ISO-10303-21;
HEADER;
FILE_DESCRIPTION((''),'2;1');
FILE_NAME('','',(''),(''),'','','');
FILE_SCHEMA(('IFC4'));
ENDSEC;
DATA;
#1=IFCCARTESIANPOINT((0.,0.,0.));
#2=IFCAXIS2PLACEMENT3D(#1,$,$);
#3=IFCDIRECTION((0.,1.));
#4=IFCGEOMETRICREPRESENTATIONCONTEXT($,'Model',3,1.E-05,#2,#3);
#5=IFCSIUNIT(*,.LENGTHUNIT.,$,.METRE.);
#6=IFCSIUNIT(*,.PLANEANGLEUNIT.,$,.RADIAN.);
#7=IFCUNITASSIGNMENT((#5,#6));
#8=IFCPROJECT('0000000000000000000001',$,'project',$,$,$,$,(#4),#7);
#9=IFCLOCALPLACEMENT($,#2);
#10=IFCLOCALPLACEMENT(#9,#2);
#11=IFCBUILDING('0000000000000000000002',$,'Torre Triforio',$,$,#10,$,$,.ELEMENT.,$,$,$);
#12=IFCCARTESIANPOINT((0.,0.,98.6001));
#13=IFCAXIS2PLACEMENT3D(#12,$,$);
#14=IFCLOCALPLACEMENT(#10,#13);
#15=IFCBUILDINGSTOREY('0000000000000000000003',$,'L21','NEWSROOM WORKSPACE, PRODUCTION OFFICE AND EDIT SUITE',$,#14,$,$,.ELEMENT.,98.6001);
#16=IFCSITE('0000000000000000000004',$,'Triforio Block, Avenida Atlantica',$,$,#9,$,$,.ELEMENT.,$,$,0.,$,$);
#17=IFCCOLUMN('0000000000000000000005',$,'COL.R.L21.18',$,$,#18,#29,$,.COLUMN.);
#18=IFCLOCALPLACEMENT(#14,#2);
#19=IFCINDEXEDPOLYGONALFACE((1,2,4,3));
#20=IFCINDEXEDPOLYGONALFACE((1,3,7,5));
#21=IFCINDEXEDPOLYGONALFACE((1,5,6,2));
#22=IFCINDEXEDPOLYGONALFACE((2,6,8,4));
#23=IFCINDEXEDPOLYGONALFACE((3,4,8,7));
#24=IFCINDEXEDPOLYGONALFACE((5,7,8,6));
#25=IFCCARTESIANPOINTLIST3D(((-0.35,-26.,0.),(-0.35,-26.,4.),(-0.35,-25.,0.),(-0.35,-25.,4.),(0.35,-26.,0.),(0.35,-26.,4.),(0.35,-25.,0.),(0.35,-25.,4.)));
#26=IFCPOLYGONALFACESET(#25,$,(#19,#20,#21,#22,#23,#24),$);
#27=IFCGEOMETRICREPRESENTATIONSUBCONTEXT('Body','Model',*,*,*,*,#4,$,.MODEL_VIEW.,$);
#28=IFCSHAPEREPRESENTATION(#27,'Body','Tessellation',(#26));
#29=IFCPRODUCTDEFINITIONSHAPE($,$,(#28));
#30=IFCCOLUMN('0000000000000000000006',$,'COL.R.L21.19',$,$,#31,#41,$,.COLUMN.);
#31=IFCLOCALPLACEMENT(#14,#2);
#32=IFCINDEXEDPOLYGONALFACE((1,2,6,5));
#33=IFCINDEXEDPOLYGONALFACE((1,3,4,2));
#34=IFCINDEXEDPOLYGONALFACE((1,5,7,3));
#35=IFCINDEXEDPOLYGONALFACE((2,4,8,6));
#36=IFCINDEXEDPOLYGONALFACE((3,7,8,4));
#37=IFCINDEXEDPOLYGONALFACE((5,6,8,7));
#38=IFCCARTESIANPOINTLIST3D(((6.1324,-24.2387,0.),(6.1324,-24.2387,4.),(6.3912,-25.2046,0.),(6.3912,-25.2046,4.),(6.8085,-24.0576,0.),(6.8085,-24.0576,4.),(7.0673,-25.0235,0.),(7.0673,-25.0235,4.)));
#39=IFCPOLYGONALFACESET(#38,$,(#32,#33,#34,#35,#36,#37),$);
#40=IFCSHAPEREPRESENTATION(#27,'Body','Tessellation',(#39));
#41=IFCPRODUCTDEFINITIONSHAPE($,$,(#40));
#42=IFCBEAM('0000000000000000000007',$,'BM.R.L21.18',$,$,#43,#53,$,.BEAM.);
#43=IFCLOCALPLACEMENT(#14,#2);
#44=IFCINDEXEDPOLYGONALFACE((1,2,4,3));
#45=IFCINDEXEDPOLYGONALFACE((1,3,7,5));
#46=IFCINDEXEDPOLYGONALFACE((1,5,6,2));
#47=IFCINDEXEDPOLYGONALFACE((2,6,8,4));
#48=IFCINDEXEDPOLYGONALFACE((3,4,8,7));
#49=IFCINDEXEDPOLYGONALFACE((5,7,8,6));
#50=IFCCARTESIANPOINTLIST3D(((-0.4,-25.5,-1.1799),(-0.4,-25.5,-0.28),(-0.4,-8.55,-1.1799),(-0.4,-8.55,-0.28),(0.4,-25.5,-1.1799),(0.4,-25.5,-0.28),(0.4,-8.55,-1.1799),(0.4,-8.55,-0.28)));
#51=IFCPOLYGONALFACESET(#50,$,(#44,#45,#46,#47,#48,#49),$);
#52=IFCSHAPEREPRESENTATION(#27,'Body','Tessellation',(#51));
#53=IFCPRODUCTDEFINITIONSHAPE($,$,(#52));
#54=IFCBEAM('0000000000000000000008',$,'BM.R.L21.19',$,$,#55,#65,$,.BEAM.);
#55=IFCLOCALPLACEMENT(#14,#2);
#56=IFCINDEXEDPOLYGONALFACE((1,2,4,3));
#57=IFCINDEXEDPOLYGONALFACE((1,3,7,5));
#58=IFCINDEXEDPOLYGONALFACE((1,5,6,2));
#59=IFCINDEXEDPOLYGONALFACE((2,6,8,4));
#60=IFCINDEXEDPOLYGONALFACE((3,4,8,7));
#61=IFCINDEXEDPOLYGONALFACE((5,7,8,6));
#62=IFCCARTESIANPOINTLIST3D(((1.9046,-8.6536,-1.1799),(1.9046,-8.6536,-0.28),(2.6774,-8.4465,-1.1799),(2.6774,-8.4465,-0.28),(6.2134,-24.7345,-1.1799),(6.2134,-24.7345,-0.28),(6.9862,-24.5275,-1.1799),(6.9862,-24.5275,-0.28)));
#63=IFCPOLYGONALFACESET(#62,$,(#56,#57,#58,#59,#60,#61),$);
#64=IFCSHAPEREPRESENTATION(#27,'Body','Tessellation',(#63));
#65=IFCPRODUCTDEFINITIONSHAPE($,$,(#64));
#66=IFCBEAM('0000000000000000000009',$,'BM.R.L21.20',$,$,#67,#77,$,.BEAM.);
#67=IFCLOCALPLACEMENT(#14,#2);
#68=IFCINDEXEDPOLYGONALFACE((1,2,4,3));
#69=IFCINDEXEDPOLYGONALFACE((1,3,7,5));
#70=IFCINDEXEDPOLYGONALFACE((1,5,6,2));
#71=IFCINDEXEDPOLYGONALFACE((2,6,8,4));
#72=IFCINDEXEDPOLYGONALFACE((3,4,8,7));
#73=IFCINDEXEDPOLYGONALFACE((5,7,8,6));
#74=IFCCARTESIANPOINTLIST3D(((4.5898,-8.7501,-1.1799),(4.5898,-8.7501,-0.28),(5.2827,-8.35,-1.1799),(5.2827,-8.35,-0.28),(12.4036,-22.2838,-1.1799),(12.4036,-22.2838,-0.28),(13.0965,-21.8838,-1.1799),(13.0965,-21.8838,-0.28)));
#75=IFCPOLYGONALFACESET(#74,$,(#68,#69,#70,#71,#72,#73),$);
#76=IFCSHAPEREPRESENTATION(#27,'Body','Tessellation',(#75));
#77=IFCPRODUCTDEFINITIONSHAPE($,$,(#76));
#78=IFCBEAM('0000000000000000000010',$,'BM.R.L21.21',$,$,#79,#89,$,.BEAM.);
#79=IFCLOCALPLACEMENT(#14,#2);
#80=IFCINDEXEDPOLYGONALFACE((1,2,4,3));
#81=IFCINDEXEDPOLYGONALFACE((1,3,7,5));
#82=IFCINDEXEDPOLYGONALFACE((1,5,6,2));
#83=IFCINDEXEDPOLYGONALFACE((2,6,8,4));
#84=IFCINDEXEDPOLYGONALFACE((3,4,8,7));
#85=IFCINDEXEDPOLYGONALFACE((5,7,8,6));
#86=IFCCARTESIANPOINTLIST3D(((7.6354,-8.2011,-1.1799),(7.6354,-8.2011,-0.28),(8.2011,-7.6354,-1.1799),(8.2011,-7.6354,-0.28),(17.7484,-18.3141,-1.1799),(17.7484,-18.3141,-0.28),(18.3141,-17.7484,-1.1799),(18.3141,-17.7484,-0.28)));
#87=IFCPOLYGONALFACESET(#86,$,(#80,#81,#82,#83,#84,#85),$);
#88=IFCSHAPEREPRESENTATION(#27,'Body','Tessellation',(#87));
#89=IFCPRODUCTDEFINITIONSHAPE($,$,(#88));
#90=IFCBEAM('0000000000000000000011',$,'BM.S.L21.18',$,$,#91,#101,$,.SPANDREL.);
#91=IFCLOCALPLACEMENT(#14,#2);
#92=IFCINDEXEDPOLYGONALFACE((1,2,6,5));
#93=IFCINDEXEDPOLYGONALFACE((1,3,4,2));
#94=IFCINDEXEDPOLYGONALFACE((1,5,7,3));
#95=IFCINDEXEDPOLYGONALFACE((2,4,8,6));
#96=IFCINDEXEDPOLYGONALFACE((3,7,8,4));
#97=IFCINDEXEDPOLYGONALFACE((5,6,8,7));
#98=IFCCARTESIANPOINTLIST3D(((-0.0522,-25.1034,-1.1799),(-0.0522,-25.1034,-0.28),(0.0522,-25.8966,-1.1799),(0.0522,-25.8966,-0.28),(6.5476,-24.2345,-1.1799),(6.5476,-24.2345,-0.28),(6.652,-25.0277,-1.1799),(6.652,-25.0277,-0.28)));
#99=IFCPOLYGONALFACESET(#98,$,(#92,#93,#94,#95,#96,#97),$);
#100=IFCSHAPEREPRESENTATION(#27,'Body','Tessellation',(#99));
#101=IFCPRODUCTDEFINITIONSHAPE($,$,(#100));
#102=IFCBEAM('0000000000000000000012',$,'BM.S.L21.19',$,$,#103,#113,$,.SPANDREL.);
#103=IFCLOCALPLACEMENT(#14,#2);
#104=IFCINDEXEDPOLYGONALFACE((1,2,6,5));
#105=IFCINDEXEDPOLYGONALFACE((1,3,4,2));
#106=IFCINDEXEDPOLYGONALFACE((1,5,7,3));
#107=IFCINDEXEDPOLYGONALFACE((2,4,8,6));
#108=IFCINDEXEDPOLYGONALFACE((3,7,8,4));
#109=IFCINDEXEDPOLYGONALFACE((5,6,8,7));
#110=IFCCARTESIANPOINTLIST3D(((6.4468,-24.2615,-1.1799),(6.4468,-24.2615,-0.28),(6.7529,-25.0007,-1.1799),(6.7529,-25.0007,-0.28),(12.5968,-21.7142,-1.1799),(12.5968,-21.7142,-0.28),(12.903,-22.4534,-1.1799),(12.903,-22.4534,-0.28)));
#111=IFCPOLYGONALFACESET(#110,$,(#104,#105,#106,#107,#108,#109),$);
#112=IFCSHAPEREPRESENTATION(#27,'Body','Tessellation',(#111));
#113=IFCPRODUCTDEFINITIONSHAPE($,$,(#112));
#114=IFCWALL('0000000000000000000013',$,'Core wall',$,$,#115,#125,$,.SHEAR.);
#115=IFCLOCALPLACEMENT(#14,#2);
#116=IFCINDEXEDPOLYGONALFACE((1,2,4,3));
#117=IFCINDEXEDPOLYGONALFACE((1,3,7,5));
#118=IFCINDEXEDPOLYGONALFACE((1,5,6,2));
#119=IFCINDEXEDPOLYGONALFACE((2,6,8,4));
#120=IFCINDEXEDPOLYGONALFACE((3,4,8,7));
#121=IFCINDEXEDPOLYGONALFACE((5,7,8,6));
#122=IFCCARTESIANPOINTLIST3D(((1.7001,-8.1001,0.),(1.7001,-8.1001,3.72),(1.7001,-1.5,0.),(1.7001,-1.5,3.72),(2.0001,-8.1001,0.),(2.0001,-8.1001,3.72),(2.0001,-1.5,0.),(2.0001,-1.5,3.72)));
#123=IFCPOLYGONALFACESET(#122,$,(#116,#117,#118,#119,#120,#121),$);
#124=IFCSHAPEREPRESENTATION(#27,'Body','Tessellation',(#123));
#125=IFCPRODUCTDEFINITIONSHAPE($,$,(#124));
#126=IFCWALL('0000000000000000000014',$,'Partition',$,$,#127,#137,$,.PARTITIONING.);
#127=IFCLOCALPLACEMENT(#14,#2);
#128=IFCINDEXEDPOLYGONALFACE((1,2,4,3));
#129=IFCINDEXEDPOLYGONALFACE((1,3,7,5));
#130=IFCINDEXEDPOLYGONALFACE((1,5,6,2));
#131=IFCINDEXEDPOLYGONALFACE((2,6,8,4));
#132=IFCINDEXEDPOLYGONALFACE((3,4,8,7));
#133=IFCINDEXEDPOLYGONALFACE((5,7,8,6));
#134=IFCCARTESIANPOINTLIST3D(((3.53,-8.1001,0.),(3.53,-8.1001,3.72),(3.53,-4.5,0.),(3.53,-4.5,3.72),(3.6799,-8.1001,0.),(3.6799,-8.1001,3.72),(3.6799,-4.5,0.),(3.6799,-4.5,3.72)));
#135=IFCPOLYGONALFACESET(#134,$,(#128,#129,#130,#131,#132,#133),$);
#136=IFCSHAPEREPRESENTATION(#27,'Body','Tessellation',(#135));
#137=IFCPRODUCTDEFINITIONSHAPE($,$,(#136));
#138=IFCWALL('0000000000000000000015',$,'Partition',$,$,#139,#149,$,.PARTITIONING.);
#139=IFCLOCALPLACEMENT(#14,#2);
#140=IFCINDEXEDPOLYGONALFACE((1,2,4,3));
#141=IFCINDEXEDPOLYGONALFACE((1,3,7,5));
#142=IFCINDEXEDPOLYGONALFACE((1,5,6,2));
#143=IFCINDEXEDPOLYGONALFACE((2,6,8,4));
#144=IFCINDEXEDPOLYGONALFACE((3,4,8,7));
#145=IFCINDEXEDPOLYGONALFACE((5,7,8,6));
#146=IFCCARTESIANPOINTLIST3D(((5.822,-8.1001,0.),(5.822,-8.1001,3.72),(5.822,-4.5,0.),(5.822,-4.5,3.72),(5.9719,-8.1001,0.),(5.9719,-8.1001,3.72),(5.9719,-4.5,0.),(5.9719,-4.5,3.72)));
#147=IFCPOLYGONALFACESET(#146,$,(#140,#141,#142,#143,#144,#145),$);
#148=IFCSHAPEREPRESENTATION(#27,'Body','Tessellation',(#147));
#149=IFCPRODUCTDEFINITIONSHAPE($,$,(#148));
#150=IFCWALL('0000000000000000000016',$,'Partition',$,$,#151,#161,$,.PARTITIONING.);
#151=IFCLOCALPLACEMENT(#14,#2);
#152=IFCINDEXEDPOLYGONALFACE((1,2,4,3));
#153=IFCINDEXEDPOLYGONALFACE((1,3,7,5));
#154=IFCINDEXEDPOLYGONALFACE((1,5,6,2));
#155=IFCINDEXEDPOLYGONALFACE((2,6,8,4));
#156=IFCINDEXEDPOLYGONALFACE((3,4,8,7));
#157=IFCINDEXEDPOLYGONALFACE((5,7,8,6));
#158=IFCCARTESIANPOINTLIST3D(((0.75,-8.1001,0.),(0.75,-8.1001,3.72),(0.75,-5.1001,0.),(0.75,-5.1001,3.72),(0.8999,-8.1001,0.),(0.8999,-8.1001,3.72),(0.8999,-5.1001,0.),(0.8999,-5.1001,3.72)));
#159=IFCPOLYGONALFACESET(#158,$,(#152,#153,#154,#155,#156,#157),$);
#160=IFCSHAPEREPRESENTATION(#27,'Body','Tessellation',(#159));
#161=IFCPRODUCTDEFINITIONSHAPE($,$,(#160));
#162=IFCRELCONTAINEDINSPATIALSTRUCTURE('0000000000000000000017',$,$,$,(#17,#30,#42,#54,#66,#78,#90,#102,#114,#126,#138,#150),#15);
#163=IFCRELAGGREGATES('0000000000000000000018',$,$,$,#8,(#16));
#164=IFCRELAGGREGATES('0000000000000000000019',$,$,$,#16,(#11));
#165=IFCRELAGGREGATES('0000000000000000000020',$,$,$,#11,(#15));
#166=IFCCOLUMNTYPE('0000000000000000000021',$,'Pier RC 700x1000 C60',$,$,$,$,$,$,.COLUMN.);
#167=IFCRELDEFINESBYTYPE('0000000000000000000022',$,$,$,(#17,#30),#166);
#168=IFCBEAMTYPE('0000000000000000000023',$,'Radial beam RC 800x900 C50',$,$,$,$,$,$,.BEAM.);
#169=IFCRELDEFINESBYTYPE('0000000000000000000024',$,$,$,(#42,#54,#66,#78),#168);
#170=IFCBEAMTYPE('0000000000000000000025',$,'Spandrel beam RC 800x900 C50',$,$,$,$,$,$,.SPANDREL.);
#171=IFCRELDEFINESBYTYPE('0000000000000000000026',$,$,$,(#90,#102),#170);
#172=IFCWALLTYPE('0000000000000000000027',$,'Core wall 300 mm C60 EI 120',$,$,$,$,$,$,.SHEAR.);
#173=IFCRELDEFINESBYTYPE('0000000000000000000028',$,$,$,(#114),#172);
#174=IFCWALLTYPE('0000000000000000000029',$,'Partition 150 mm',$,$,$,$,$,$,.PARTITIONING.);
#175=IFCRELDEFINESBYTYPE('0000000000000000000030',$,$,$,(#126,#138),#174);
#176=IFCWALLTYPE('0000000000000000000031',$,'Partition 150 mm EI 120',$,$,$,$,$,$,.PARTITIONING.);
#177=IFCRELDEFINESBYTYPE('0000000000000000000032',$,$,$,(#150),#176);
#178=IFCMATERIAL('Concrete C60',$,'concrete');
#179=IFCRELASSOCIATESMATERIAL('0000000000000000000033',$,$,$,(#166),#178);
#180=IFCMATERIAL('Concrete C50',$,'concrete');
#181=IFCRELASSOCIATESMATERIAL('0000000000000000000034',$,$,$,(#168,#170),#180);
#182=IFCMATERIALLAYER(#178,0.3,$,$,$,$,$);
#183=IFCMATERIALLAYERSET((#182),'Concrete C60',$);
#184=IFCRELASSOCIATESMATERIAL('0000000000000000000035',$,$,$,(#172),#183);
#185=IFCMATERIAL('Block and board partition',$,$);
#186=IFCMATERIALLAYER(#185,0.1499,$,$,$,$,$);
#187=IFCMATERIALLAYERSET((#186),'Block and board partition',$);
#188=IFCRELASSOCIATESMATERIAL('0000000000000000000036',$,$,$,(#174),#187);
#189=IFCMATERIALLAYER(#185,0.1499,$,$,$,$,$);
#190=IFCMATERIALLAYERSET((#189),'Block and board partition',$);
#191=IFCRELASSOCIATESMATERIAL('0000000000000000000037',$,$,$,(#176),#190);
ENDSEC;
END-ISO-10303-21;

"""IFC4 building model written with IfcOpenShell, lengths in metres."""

from ifc_helpers import new_model, si_unit, direction, frame, frame_2d, origin, origin_2d, place, context, subcontext, project, spatial, rectangle, extrude, material, layer, layer_set, material_profile, profile_set, type_object, element, save


model = new_model("IFC4")

# Units and contexts
model_context = context("Model", 3, precision=1e-05, world=origin(), true_north=direction((0.0, 1.0)))
body_context = subcontext(model_context, "Body", "Model", "MODEL_VIEW")
ifc_project = project(units=[si_unit("LENGTHUNIT", "METRE"), si_unit("PLANEANGLEUNIT", "RADIAN")], contexts=[model_context])

# Site, building, storey
site_placement = place(None, origin())
site = spatial("IfcSite", under=ifc_project, at=site_placement, Name="Triforio Block, Avenida Atlantica", CompositionType="ELEMENT", RefElevation=0.0)
building_placement = place(site_placement, origin())
building = spatial("IfcBuilding", under=site, at=building_placement, Name="Torre Triforio", CompositionType="ELEMENT")
storey_placement = place(building_placement, frame((0.0, 0.0, 98.6001)))
storey = spatial("IfcBuildingStorey", under=building, at=storey_placement, Name="L21", Description="NEWSROOM WORKSPACE, PRODUCTION OFFICE AND EDIT SUITE", CompositionType="ELEMENT", Elevation=98.6001)

# Columns
ifc_material_1 = material(Name="Concrete C60", Category="concrete")
ifc_material_profile_1 = material_profile(ifc_material_1, rectangle(XDim=0.7, YDim=1.0, at=origin_2d()), Name="RC 700x1000")
ifc_profile_set_1 = profile_set([ifc_material_profile_1], Name="Concrete C60")
column_type = type_object("IfcColumnType", Name="Pier RC 700x1000 C60", PredefinedType="COLUMN", material=ifc_profile_set_1)
for number, where, z_axis, x_axis, name in (
    (1, (0.0, -25.5, 0.0), (0.0, 0.0, 1.0), (1.0, 0.0, 0.0), "COL.R.L21.18"),
    (2, (6.5999, -24.6311, 0.0), (0.0, 0.0, 1.0), (0.965926, 0.258819, 0.0), "COL.R.L21.19"),
):
    element("IfcColumn", number, at=place(storey_placement, frame(where, z_axis=z_axis, x_axis=x_axis)), inside=storey, type_object=column_type, Name=name, PredefinedType="COLUMN", context=body_context, shape_type="SweptSolid", body=[
        extrude(rectangle(XDim=0.7, YDim=1.0, at=origin_2d()), origin(), (0.0, 0.0, 1.0), 4.0),
    ])

# Beams
ifc_material_2 = material(Name="Concrete C50", Category="concrete")
ifc_material_profile_2 = material_profile(ifc_material_2, rectangle(XDim=0.8, YDim=0.8999, at=origin_2d()), Name="RC 800x900")
ifc_profile_set_2 = profile_set([ifc_material_profile_2], Name="Concrete C50")
beam_type_1 = type_object("IfcBeamType", Name="Radial beam RC 800x900 C50", PredefinedType="BEAM", material=ifc_profile_set_2)
beam_1_placement = place(storey_placement, frame((0.0, -8.55, -0.73), z_axis=(0.0, -1.0, 0.0), x_axis=(1.0, 0.0, 0.0)))
element("IfcBeam", 3, at=beam_1_placement, inside=storey, type_object=beam_type_1, Name="BM.R.L21.18", PredefinedType="BEAM", context=body_context, shape_type="SweptSolid", body=[
    extrude(rectangle(XDim=0.8, YDim=0.8999, at=origin_2d()), origin(), (0.0, 0.0, 1.0), 16.95),
])
beam_2_placement = place(storey_placement, frame((2.291, -8.55, -0.73), z_axis=(0.258815, -0.965927, 0.0), x_axis=(0.965927, 0.258815, 0.0)))
element("IfcBeam", 4, at=beam_2_placement, inside=storey, type_object=beam_type_1, Name="BM.R.L21.19", PredefinedType="BEAM", context=body_context, shape_type="SweptSolid", body=[
    extrude(rectangle(XDim=0.8, YDim=0.8999, at=origin_2d()), origin(), (0.0, 0.0, 1.0), 16.6482),
])
beam_3_placement = place(storey_placement, frame((4.9363, -8.55, -0.73), z_axis=(0.500002, -0.866024, 0.0), x_axis=(0.866024, 0.500002, 0.0)))
element("IfcBeam", 5, at=beam_3_placement, inside=storey, type_object=beam_type_1, Name="BM.R.L21.20", PredefinedType="BEAM", context=body_context, shape_type="SweptSolid", body=[
    extrude(rectangle(XDim=0.8, YDim=0.8999, at=origin_2d()), origin(), (0.0, 0.0, 1.0), 15.6274),
])
beam_4_placement = place(storey_placement, frame((7.9182, -7.9182, -0.73), z_axis=(0.707107, -0.707107, 0.0), x_axis=(0.707107, 0.707107, 0.0)))
element("IfcBeam", 6, at=beam_4_placement, inside=storey, type_object=beam_type_1, Name="BM.R.L21.21", PredefinedType="BEAM", context=body_context, shape_type="SweptSolid", body=[
    extrude(rectangle(XDim=0.8, YDim=0.8999, at=origin_2d()), origin(), (0.0, 0.0, 1.0), 14.302),
])
ifc_material_profile_3 = material_profile(ifc_material_2, rectangle(XDim=0.8, YDim=0.8999, at=origin_2d()), Name="RC 800x900")
ifc_profile_set_3 = profile_set([ifc_material_profile_3], Name="Concrete C50")
beam_type_2 = type_object("IfcBeamType", Name="Spandrel beam RC 800x900 C50", PredefinedType="SPANDREL", material=ifc_profile_set_3)
for number, where, z_axis, x_axis, name in (
    (7, (0.0, -25.5, -0.73), (0.991445, 0.130528, 0.0), (-0.130528, 0.991445, 0.0), "BM.S.L21.18"),
    (8, (6.5999, -24.6311, -0.73), (0.923885, 0.382669, 0.0), (-0.382669, 0.923885, 0.0), "BM.S.L21.19"),
):
    element("IfcBeam", number, at=place(storey_placement, frame(where, z_axis=z_axis, x_axis=x_axis)), inside=storey, type_object=beam_type_2, Name=name, PredefinedType="SPANDREL", context=body_context, shape_type="SweptSolid", body=[
        extrude(rectangle(XDim=0.8, YDim=0.8999, at=origin_2d()), origin(), (0.0, 0.0, 1.0), 6.6567),
    ])

# Walls
ifc_layer_1 = layer(ifc_material_1, 0.3)
ifc_layer_set_1 = layer_set([ifc_layer_1], Name="Concrete C60")
wall_type_1 = type_object("IfcWallType", Name="Core wall 300 mm C60 EI 120", PredefinedType="SHEAR", material=ifc_layer_set_1)
wall_1_placement = place(storey_placement, frame((1.8501, -8.1001, 0.0), z_axis=(0.0, 0.0, 1.0), x_axis=(0.0, 1.0, 0.0)))
element("IfcWall", 9, at=wall_1_placement, inside=storey, type_object=wall_type_1, Name="Core wall", PredefinedType="SHEAR", context=body_context, shape_type="SweptSolid", body=[
    extrude(rectangle(XDim=6.6001, YDim=0.3, at=frame_2d((3.3, 0.0))), origin(), (0.0, 0.0, 1.0), 3.72),
])
ifc_material_3 = material(Name="Block and board partition")
ifc_layer_2 = layer(ifc_material_3, 0.1499)
ifc_layer_set_2 = layer_set([ifc_layer_2], Name="Block and board partition")
wall_type_2 = type_object("IfcWallType", Name="Partition 150 mm", PredefinedType="PARTITIONING", material=ifc_layer_set_2)
for number, where, z_axis, x_axis, name in (
    (10, (3.605, -8.1001, 0.0), (0.0, 0.0, 1.0), (0.0, 1.0, 0.0), "Partition"),
    (11, (5.897, -8.1001, 0.0), (0.0, 0.0, 1.0), (0.0, 1.0, 0.0), "Partition"),
):
    element("IfcWall", number, at=place(storey_placement, frame(where, z_axis=z_axis, x_axis=x_axis)), inside=storey, type_object=wall_type_2, Name=name, PredefinedType="PARTITIONING", context=body_context, shape_type="SweptSolid", body=[
        extrude(rectangle(XDim=3.6001, YDim=0.1499, at=frame_2d((1.8, 0.0))), origin(), (0.0, 0.0, 1.0), 3.72),
    ])
ifc_layer_3 = layer(ifc_material_3, 0.1499)
ifc_layer_set_3 = layer_set([ifc_layer_3], Name="Block and board partition")
wall_type_3 = type_object("IfcWallType", Name="Partition 150 mm EI 120", PredefinedType="PARTITIONING", material=ifc_layer_set_3)
wall_2_placement = place(storey_placement, frame((0.825, -8.1001, 0.0), z_axis=(0.0, 0.0, 1.0), x_axis=(0.0, 1.0, 0.0)))
element("IfcWall", 12, at=wall_2_placement, inside=storey, type_object=wall_type_3, Name="Partition", PredefinedType="PARTITIONING", context=body_context, shape_type="SweptSolid", body=[
    extrude(rectangle(XDim=3.0, YDim=0.1499, at=frame_2d((1.5, 0.0))), origin(), (0.0, 0.0, 1.0), 3.72),
])

save(model, "model.ifc")
